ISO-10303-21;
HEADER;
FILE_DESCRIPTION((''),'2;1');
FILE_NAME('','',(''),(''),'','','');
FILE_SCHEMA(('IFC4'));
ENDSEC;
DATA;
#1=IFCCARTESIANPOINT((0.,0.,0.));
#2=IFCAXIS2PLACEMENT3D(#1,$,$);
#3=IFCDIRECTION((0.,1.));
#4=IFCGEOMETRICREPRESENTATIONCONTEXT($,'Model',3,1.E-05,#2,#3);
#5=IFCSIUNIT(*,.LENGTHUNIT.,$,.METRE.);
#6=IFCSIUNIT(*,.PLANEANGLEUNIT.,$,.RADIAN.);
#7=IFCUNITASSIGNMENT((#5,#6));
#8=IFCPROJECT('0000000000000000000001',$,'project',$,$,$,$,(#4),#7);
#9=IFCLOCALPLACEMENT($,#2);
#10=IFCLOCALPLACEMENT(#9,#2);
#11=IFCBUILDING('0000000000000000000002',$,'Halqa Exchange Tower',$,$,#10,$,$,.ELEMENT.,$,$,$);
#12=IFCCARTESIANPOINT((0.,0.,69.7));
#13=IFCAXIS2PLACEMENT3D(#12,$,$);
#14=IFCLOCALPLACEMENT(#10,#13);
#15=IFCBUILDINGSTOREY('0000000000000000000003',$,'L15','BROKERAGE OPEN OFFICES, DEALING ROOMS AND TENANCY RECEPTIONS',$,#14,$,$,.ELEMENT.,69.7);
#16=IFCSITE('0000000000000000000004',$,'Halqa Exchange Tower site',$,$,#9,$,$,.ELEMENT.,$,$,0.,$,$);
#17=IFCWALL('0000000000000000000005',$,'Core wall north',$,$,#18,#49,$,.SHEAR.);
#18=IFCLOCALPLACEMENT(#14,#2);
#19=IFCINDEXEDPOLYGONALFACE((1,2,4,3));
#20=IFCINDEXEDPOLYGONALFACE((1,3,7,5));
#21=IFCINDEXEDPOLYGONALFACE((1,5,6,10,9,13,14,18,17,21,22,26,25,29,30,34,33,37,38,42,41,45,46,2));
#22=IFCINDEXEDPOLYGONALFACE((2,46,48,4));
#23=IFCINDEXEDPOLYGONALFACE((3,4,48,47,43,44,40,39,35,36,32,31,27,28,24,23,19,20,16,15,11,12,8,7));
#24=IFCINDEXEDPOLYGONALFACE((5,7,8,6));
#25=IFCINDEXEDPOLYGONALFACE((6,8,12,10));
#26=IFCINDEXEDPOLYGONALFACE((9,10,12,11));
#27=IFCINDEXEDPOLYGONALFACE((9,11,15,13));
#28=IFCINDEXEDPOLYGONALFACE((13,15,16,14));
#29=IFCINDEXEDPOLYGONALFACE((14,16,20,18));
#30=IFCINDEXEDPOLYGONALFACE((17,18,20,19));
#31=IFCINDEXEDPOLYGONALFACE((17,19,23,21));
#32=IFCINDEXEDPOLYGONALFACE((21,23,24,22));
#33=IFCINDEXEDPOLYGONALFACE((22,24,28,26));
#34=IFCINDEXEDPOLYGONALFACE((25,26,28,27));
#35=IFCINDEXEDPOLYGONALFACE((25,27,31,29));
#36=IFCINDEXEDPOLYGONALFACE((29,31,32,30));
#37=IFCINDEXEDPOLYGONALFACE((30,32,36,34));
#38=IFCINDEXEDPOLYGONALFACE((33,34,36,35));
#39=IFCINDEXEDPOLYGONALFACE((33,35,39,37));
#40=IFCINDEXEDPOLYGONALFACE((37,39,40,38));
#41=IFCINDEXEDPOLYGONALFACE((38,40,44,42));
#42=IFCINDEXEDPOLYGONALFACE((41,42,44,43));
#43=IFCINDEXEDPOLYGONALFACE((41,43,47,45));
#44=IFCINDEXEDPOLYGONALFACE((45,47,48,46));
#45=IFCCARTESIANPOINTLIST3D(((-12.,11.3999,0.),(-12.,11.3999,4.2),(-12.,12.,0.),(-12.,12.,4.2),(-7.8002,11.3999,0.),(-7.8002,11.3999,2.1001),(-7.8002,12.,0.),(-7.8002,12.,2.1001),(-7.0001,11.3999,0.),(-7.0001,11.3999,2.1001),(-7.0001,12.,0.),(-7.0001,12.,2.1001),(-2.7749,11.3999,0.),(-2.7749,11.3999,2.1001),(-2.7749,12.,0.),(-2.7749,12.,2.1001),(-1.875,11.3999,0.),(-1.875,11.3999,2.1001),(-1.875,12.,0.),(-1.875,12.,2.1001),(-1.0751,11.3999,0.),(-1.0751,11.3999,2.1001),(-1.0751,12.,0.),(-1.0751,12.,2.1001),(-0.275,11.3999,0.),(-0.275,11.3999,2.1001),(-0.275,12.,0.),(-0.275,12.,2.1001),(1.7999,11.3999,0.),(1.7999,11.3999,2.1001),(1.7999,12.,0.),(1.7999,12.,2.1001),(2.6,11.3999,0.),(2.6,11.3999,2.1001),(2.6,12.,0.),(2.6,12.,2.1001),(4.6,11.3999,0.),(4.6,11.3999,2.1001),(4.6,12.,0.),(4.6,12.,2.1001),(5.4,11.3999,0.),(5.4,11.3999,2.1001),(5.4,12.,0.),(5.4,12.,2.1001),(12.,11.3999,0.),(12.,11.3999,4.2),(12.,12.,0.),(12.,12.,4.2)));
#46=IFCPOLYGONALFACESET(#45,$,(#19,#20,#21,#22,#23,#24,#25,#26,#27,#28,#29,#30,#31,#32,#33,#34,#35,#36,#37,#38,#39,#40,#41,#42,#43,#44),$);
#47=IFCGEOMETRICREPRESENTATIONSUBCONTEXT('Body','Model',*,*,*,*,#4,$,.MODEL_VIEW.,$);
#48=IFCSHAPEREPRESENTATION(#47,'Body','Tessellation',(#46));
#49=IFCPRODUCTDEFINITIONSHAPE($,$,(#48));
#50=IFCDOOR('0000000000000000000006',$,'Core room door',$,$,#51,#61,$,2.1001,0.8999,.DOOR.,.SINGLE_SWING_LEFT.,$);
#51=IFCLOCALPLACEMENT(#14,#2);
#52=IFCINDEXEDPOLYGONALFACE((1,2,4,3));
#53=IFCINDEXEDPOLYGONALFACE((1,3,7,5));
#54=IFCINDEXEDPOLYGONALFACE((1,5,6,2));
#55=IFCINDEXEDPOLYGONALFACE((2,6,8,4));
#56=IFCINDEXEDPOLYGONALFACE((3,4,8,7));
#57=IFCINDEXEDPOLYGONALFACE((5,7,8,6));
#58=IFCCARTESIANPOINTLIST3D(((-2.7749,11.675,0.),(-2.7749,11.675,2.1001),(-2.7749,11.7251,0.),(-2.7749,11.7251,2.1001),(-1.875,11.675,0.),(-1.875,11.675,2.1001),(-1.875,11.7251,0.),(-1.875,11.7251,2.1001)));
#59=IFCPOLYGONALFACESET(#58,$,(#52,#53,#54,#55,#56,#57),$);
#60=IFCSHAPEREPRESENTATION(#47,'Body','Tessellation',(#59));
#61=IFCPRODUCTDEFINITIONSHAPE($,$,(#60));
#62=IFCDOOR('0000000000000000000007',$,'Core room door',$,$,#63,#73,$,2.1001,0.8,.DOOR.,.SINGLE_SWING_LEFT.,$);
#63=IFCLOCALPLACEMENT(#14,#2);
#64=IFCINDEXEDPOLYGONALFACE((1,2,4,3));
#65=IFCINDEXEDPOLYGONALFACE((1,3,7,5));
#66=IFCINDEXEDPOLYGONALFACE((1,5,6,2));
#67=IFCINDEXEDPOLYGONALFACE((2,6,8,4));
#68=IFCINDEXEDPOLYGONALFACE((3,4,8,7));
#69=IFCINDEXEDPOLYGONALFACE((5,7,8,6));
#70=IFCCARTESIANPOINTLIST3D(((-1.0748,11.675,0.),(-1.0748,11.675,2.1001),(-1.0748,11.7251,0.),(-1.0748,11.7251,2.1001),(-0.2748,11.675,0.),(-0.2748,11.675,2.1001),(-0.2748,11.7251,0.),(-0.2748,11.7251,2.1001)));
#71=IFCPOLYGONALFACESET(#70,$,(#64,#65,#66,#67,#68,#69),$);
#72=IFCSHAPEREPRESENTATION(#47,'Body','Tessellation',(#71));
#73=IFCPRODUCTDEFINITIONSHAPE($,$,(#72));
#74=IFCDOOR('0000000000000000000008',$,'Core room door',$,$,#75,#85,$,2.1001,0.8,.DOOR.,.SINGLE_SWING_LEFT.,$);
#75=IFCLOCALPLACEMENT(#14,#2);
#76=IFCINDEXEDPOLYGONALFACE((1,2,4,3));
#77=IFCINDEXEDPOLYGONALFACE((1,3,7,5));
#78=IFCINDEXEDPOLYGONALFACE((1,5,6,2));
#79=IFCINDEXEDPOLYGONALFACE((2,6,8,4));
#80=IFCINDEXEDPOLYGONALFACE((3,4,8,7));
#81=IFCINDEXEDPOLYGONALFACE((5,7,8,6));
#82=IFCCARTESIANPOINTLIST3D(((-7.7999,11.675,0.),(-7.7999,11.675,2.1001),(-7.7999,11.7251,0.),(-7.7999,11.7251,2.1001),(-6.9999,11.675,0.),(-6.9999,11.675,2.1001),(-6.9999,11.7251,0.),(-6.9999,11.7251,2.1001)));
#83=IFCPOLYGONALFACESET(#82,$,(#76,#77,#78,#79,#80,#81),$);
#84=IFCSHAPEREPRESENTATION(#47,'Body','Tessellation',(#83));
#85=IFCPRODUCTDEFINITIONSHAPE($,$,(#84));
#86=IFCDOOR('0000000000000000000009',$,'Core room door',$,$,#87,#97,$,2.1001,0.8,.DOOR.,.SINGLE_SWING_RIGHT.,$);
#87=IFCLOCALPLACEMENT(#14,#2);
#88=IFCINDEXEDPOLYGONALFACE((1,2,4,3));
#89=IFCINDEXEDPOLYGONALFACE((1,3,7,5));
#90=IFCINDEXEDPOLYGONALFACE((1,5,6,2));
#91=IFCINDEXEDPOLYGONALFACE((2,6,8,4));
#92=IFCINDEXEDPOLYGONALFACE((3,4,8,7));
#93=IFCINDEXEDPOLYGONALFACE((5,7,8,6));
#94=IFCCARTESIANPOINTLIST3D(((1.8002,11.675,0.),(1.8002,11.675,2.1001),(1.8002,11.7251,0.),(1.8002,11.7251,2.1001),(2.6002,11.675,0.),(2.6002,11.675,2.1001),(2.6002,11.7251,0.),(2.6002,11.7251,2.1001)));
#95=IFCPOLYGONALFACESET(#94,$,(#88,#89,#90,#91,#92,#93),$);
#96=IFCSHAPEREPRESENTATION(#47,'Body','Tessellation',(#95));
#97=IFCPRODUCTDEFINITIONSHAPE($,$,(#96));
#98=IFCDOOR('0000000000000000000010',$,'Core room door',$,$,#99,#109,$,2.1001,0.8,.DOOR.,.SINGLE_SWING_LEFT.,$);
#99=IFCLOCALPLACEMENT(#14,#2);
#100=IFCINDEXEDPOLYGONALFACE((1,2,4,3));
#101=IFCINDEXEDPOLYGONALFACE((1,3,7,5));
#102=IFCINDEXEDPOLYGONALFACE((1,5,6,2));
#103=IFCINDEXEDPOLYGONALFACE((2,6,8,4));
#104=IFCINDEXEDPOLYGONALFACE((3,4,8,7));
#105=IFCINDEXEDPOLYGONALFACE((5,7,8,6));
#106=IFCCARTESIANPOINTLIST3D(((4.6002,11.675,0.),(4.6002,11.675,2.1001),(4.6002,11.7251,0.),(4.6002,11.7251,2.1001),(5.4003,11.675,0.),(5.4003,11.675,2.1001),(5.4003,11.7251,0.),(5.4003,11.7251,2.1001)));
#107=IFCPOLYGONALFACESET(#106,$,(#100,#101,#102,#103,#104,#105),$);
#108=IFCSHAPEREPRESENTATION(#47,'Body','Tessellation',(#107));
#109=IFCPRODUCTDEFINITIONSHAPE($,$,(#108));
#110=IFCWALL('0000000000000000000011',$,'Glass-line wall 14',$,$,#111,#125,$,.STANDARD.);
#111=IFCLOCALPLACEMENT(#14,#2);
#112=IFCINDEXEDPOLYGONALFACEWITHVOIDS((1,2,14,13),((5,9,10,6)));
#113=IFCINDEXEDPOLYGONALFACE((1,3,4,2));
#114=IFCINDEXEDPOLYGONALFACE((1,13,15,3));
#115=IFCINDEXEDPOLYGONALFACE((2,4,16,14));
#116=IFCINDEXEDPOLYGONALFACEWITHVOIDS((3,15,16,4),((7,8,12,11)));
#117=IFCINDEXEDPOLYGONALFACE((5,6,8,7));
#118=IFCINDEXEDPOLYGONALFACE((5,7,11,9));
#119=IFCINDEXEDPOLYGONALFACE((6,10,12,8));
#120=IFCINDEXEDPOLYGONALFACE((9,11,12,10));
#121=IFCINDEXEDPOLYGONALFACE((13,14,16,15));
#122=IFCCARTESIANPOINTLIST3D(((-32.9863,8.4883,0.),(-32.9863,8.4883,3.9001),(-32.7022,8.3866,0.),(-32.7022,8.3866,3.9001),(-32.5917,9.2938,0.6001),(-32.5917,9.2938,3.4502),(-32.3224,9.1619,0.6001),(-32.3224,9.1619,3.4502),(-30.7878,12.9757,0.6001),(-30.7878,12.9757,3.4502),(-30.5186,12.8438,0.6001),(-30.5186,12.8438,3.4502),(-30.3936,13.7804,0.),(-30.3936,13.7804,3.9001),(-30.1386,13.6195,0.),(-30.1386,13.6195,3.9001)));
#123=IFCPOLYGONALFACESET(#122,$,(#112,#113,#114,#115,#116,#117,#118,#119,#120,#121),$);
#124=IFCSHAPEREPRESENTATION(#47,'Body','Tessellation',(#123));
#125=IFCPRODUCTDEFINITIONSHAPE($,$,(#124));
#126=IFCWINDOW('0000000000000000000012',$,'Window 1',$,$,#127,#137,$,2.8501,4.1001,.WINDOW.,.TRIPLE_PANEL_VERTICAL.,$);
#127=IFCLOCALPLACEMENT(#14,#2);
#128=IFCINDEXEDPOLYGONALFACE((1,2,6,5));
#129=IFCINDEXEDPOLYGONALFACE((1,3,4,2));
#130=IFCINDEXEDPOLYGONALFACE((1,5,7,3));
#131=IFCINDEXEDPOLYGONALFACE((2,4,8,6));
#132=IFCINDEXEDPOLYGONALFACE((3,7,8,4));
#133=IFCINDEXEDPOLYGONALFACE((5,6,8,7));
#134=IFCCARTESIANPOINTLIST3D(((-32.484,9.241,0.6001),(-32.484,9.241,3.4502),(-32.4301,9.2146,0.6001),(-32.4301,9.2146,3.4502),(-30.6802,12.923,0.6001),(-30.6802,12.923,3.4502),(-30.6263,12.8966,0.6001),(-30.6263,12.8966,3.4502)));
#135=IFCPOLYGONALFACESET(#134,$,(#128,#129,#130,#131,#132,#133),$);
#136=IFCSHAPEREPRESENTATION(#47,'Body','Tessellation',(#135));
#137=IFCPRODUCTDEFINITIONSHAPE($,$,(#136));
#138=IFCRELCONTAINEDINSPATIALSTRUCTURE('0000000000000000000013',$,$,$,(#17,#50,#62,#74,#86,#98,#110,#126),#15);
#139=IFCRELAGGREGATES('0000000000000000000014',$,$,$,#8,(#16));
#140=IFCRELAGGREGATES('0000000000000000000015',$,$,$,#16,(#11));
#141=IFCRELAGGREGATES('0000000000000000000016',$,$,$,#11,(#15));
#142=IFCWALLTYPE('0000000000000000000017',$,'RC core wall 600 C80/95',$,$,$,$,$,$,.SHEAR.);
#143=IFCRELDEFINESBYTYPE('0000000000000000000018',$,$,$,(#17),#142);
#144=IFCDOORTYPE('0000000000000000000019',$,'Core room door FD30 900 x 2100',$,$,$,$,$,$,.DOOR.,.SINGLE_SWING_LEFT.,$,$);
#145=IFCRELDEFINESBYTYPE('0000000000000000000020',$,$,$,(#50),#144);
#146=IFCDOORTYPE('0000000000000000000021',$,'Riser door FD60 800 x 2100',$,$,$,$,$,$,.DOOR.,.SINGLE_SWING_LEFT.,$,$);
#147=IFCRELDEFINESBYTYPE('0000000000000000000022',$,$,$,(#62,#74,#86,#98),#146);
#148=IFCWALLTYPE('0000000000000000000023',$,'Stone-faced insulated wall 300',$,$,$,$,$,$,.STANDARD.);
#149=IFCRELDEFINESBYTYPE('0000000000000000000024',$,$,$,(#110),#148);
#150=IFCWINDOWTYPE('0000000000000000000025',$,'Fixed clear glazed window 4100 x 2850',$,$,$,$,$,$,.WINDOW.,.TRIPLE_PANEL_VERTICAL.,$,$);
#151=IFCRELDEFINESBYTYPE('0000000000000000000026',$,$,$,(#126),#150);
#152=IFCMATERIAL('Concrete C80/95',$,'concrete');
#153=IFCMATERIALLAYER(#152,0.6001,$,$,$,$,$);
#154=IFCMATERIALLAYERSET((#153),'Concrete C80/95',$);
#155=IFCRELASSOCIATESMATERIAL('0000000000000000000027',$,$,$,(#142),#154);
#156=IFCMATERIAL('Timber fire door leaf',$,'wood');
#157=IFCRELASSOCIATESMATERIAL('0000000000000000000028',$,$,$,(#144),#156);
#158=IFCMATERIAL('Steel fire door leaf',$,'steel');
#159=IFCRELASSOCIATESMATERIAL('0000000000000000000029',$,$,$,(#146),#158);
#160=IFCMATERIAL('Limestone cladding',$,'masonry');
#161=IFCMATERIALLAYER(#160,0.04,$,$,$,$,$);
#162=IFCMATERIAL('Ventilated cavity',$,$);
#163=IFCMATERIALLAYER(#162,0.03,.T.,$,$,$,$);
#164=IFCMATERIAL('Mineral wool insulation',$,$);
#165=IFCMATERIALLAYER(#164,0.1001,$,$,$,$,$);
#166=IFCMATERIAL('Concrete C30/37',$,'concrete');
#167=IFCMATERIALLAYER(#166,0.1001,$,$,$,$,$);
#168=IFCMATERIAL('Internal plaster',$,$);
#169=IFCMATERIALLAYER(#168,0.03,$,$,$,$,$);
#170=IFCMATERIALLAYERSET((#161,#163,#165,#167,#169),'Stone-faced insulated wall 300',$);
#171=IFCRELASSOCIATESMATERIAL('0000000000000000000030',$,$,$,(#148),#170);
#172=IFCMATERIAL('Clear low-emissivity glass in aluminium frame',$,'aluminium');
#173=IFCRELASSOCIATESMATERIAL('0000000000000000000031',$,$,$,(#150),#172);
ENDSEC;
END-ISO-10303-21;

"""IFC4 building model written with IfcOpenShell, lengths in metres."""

from ifc_helpers import new_model, si_unit, direction, frame, frame_2d, origin, place, context, subcontext, project, spatial, polyline, rectangle, outline, extrude, material, layer, layer_set, type_object, element, fill, save


model = new_model("IFC4")

# Units and contexts
model_context = context("Model", 3, precision=1e-05, world=origin(), true_north=direction((0.0, 1.0)))
body_context = subcontext(model_context, "Body", "Model", "MODEL_VIEW")
ifc_project = project(units=[si_unit("LENGTHUNIT", "METRE"), si_unit("PLANEANGLEUNIT", "RADIAN")], contexts=[model_context])

# Site, building, storey
site_placement = place(None, origin())
site = spatial("IfcSite", under=ifc_project, at=site_placement, Name="Halqa Exchange Tower site", CompositionType="ELEMENT", RefElevation=0.0)
building_placement = place(site_placement, origin())
building = spatial("IfcBuilding", under=site, at=building_placement, Name="Halqa Exchange Tower", CompositionType="ELEMENT")
storey_placement = place(building_placement, frame((0.0, 0.0, 69.7)))
storey = spatial("IfcBuildingStorey", under=building, at=storey_placement, Name="L15", Description="BROKERAGE OPEN OFFICES, DEALING ROOMS AND TENANCY RECEPTIONS", CompositionType="ELEMENT", Elevation=69.7)

# Shared definitions
ifc_material_1 = material(Name="Concrete C80/95", Category="concrete")

# Shared definitions
ifc_material_2 = material(Name="Steel fire door leaf", Category="steel")

# Wall, openings, doors
ifc_layer_1 = layer(ifc_material_1, 0.6001)
ifc_layer_set_1 = layer_set([ifc_layer_1], Name="Concrete C80/95")
wall_type_1 = type_object("IfcWallType", Name="RC core wall 600 C80/95", PredefinedType="SHEAR", material=ifc_layer_set_1)
wall_1_placement = place(storey_placement, frame((-12.0, 11.7, 0.0), z_axis=(0.0, 0.0, 1.0), x_axis=(1.0, 0.0, 0.0)))
wall_1 = element("IfcWall", 1, at=wall_1_placement, inside=storey, type_object=wall_type_1, Name="Core wall north", PredefinedType="SHEAR", context=body_context, shape_type="SweptSolid", body=[
    extrude(rectangle(XDim=24.0, YDim=0.6001, at=frame_2d((12.0, 0.0))), origin(), (0.0, 0.0, 1.0), 4.2),
])
opening_1_placement = place(wall_1_placement, frame((9.2251, 0.0, 0.0)))
opening_1 = element("IfcOpeningElement", 2, at=opening_1_placement, cuts=wall_1, PredefinedType="OPENING", context=body_context, shape_type="SweptSolid", body=[
    extrude(rectangle(XDim=0.8999, YDim=2.1001, at=frame_2d((0.45, 1.05))), frame((0.0, 0.312, 0.0), z_axis=(0.0, -1.0, 0.0), x_axis=(1.0, 0.0, 0.0)), (0.0, 0.0, 1.0), 0.624),
])
opening_2_placement = place(wall_1_placement, frame((10.925, 0.0, 0.0)))
opening_2 = element("IfcOpeningElement", 3, at=opening_2_placement, cuts=wall_1, PredefinedType="OPENING", context=body_context, shape_type="SweptSolid", body=[
    extrude(rectangle(XDim=0.8, YDim=2.1001, at=frame_2d((0.3999, 1.05))), frame((0.0, 0.312, 0.0), z_axis=(0.0, -1.0, 0.0), x_axis=(1.0, 0.0, 0.0)), (0.0, 0.0, 1.0), 0.624),
])
opening_3_placement = place(wall_1_placement, frame((4.2, 0.0, 0.0)))
opening_3 = element("IfcOpeningElement", 4, at=opening_3_placement, cuts=wall_1, PredefinedType="OPENING", context=body_context, shape_type="SweptSolid", body=[
    extrude(rectangle(XDim=0.8, YDim=2.1001, at=frame_2d((0.3999, 1.05))), frame((0.0, 0.312, 0.0), z_axis=(0.0, -1.0, 0.0), x_axis=(1.0, 0.0, 0.0)), (0.0, 0.0, 1.0), 0.624),
])
opening_4_placement = place(wall_1_placement, frame((13.8, 0.0, 0.0)))
opening_4 = element("IfcOpeningElement", 5, at=opening_4_placement, cuts=wall_1, PredefinedType="OPENING", context=body_context, shape_type="SweptSolid", body=[
    extrude(rectangle(XDim=0.8, YDim=2.1001, at=frame_2d((0.3999, 1.05))), frame((0.0, 0.312, 0.0), z_axis=(0.0, -1.0, 0.0), x_axis=(1.0, 0.0, 0.0)), (0.0, 0.0, 1.0), 0.624),
])
opening_5_placement = place(wall_1_placement, frame((16.6001, 0.0, 0.0)))
opening_5 = element("IfcOpeningElement", 6, at=opening_5_placement, cuts=wall_1, PredefinedType="OPENING", context=body_context, shape_type="SweptSolid", body=[
    extrude(rectangle(XDim=0.8, YDim=2.1001, at=frame_2d((0.3999, 1.05))), frame((0.0, 0.312, 0.0), z_axis=(0.0, -1.0, 0.0), x_axis=(1.0, 0.0, 0.0)), (0.0, 0.0, 1.0), 0.624),
])
ifc_material_3 = material(Name="Timber fire door leaf", Category="wood")
door_type_1 = type_object("IfcDoorType", Name="Core room door FD30 900 x 2100", OperationType="SINGLE_SWING_LEFT", PredefinedType="DOOR", material=ifc_material_3)
door_1_placement = place(opening_1_placement, frame((0.8999, 0.0, 0.0), z_axis=(0.0, 0.0, 1.0), x_axis=(-1.0, 0.0, 0.0)))
door_1 = element("IfcDoor", 7, at=door_1_placement, inside=storey, type_object=door_type_1, Name="Core room door", OperationType="SINGLE_SWING_LEFT", OverallHeight=2.1001, OverallWidth=0.8999, PredefinedType="DOOR", context=body_context, shape_type="SweptSolid", body=[
    extrude(rectangle(XDim=0.8999, YDim=2.1001, at=frame_2d((0.45, 1.05))), frame((0.0, 0.0249, 0.0), z_axis=(0.0, -1.0, 0.0), x_axis=(1.0, 0.0, 0.0)), (0.0, 0.0, 1.0), 0.05),
])
fill(opening_1, door_1)
door_type_2 = type_object("IfcDoorType", Name="Riser door FD60 800 x 2100", OperationType="SINGLE_SWING_LEFT", PredefinedType="DOOR", material=ifc_material_2)
door_2_placement = place(opening_2_placement, frame((0.8, 0.0, 0.0), z_axis=(0.0, 0.0, 1.0), x_axis=(-1.0, 0.0, 0.0)))
door_2 = element("IfcDoor", 8, at=door_2_placement, inside=storey, type_object=door_type_2, Name="Core room door", OperationType="SINGLE_SWING_LEFT", OverallHeight=2.1001, OverallWidth=0.8, PredefinedType="DOOR", context=body_context, shape_type="SweptSolid", body=[
    extrude(rectangle(XDim=0.8, YDim=2.1001, at=frame_2d((0.3999, 1.05))), frame((0.0, 0.0249, 0.0), z_axis=(0.0, -1.0, 0.0), x_axis=(1.0, 0.0, 0.0)), (0.0, 0.0, 1.0), 0.05),
])
fill(opening_2, door_2)
door_3_placement = place(opening_3_placement, frame((0.8, 0.0, 0.0), z_axis=(0.0, 0.0, 1.0), x_axis=(-1.0, 0.0, 0.0)))
door_3 = element("IfcDoor", 9, at=door_3_placement, inside=storey, type_object=door_type_2, Name="Core room door", OperationType="SINGLE_SWING_LEFT", OverallHeight=2.1001, OverallWidth=0.8, PredefinedType="DOOR", context=body_context, shape_type="SweptSolid", body=[
    extrude(rectangle(XDim=0.8, YDim=2.1001, at=frame_2d((0.3999, 1.05))), frame((0.0, 0.0249, 0.0), z_axis=(0.0, -1.0, 0.0), x_axis=(1.0, 0.0, 0.0)), (0.0, 0.0, 1.0), 0.05),
])
fill(opening_3, door_3)
door_4_placement = place(opening_4_placement, frame((0.8, 0.0, 0.0), z_axis=(0.0, 0.0, 1.0), x_axis=(-1.0, 0.0, 0.0)))
door_4 = element("IfcDoor", 10, at=door_4_placement, inside=storey, type_object=door_type_2, Name="Core room door", OperationType="SINGLE_SWING_RIGHT", OverallHeight=2.1001, OverallWidth=0.8, PredefinedType="DOOR", context=body_context, shape_type="SweptSolid", body=[
    extrude(rectangle(XDim=0.8, YDim=2.1001, at=frame_2d((0.3999, 1.05))), frame((0.0, 0.0249, 0.0), z_axis=(0.0, -1.0, 0.0), x_axis=(1.0, 0.0, 0.0)), (0.0, 0.0, 1.0), 0.05),
])
fill(opening_4, door_4)
door_5_placement = place(opening_5_placement, frame((0.8, 0.0, 0.0), z_axis=(0.0, 0.0, 1.0), x_axis=(-1.0, 0.0, 0.0)))
door_5 = element("IfcDoor", 11, at=door_5_placement, inside=storey, type_object=door_type_2, Name="Core room door", OperationType="SINGLE_SWING_LEFT", OverallHeight=2.1001, OverallWidth=0.8, PredefinedType="DOOR", context=body_context, shape_type="SweptSolid", body=[
    extrude(rectangle(XDim=0.8, YDim=2.1001, at=frame_2d((0.3999, 1.05))), frame((0.0, 0.0249, 0.0), z_axis=(0.0, -1.0, 0.0), x_axis=(1.0, 0.0, 0.0)), (0.0, 0.0, 1.0), 0.05),
])
fill(opening_5, door_5)

# Wall, opening, window
ifc_material_4 = material(Name="Limestone cladding", Category="masonry")
ifc_layer_2 = layer(ifc_material_4, 0.04)
ifc_material_5 = material(Name="Ventilated cavity")
ifc_layer_3 = layer(ifc_material_5, 0.03, ventilated=True)
ifc_material_6 = material(Name="Mineral wool insulation")
ifc_layer_4 = layer(ifc_material_6, 0.1001)
ifc_material_7 = material(Name="Concrete C30/37", Category="concrete")
ifc_layer_5 = layer(ifc_material_7, 0.1001)
ifc_material_8 = material(Name="Internal plaster")
ifc_layer_6 = layer(ifc_material_8, 0.03)
ifc_layer_set_2 = layer_set([ifc_layer_2, ifc_layer_3, ifc_layer_4, ifc_layer_5, ifc_layer_6], Name="Stone-faced insulated wall 300")
wall_type_2 = type_object("IfcWallType", Name="Stone-faced insulated wall 300", PredefinedType="STANDARD", material=ifc_layer_set_2)
wall_2_placement = place(storey_placement, frame((-30.2661, 13.7, 0.0), z_axis=(0.0, 0.0, 1.0), x_axis=(-0.43995, -0.898022, 0.0)))
wall_2 = element("IfcWall", 12, at=wall_2_placement, inside=storey, type_object=wall_type_2, Name="Glass-line wall 14", PredefinedType="STANDARD", context=body_context, shape_type="SweptSolid", body=[
    extrude(outline(polyline([(-0.0161, -0.1499), (5.877, -0.1499), (5.8433, 0.1499), (0.0161, 0.1499), (-0.0161, -0.1499)])), origin(), (0.0, 0.0, 1.0), 3.9001),
])
opening_6_placement = place(wall_2_placement, frame((0.8799, 0.0, 0.6001)))
opening_6 = element("IfcOpeningElement", 13, at=opening_6_placement, cuts=wall_2, PredefinedType="OPENING", context=body_context, shape_type="SweptSolid", body=[
    extrude(rectangle(XDim=4.1001, YDim=2.8501, at=frame_2d((2.05, 1.425))), frame((0.0, 0.1621, 0.0), z_axis=(0.0, -1.0, 0.0), x_axis=(1.0, 0.0, 0.0)), (0.0, 0.0, 1.0), 0.324),
])
ifc_material_9 = material(Name="Clear low-emissivity glass in aluminium frame", Category="aluminium")
window_type = type_object("IfcWindowType", Name="Fixed clear glazed window 4100 x 2850", PartitioningType="TRIPLE_PANEL_VERTICAL", PredefinedType="WINDOW", material=ifc_material_9)
window_1_placement = place(opening_6_placement, origin())
window_1 = element("IfcWindow", 14, at=window_1_placement, inside=storey, type_object=window_type, Name="Window 1", OverallHeight=2.8501, OverallWidth=4.1001, PartitioningType="TRIPLE_PANEL_VERTICAL", PredefinedType="WINDOW", context=body_context, shape_type="SweptSolid", body=[
    extrude(rectangle(XDim=4.1001, YDim=2.8501, at=frame_2d((2.05, 1.425))), frame((0.0, 0.03, 0.0), z_axis=(0.0, -1.0, 0.0), x_axis=(1.0, 0.0, 0.0)), (0.0, 0.0, 1.0), 0.0601),
])
fill(opening_6, window_1)

save(model, "model.ifc")
